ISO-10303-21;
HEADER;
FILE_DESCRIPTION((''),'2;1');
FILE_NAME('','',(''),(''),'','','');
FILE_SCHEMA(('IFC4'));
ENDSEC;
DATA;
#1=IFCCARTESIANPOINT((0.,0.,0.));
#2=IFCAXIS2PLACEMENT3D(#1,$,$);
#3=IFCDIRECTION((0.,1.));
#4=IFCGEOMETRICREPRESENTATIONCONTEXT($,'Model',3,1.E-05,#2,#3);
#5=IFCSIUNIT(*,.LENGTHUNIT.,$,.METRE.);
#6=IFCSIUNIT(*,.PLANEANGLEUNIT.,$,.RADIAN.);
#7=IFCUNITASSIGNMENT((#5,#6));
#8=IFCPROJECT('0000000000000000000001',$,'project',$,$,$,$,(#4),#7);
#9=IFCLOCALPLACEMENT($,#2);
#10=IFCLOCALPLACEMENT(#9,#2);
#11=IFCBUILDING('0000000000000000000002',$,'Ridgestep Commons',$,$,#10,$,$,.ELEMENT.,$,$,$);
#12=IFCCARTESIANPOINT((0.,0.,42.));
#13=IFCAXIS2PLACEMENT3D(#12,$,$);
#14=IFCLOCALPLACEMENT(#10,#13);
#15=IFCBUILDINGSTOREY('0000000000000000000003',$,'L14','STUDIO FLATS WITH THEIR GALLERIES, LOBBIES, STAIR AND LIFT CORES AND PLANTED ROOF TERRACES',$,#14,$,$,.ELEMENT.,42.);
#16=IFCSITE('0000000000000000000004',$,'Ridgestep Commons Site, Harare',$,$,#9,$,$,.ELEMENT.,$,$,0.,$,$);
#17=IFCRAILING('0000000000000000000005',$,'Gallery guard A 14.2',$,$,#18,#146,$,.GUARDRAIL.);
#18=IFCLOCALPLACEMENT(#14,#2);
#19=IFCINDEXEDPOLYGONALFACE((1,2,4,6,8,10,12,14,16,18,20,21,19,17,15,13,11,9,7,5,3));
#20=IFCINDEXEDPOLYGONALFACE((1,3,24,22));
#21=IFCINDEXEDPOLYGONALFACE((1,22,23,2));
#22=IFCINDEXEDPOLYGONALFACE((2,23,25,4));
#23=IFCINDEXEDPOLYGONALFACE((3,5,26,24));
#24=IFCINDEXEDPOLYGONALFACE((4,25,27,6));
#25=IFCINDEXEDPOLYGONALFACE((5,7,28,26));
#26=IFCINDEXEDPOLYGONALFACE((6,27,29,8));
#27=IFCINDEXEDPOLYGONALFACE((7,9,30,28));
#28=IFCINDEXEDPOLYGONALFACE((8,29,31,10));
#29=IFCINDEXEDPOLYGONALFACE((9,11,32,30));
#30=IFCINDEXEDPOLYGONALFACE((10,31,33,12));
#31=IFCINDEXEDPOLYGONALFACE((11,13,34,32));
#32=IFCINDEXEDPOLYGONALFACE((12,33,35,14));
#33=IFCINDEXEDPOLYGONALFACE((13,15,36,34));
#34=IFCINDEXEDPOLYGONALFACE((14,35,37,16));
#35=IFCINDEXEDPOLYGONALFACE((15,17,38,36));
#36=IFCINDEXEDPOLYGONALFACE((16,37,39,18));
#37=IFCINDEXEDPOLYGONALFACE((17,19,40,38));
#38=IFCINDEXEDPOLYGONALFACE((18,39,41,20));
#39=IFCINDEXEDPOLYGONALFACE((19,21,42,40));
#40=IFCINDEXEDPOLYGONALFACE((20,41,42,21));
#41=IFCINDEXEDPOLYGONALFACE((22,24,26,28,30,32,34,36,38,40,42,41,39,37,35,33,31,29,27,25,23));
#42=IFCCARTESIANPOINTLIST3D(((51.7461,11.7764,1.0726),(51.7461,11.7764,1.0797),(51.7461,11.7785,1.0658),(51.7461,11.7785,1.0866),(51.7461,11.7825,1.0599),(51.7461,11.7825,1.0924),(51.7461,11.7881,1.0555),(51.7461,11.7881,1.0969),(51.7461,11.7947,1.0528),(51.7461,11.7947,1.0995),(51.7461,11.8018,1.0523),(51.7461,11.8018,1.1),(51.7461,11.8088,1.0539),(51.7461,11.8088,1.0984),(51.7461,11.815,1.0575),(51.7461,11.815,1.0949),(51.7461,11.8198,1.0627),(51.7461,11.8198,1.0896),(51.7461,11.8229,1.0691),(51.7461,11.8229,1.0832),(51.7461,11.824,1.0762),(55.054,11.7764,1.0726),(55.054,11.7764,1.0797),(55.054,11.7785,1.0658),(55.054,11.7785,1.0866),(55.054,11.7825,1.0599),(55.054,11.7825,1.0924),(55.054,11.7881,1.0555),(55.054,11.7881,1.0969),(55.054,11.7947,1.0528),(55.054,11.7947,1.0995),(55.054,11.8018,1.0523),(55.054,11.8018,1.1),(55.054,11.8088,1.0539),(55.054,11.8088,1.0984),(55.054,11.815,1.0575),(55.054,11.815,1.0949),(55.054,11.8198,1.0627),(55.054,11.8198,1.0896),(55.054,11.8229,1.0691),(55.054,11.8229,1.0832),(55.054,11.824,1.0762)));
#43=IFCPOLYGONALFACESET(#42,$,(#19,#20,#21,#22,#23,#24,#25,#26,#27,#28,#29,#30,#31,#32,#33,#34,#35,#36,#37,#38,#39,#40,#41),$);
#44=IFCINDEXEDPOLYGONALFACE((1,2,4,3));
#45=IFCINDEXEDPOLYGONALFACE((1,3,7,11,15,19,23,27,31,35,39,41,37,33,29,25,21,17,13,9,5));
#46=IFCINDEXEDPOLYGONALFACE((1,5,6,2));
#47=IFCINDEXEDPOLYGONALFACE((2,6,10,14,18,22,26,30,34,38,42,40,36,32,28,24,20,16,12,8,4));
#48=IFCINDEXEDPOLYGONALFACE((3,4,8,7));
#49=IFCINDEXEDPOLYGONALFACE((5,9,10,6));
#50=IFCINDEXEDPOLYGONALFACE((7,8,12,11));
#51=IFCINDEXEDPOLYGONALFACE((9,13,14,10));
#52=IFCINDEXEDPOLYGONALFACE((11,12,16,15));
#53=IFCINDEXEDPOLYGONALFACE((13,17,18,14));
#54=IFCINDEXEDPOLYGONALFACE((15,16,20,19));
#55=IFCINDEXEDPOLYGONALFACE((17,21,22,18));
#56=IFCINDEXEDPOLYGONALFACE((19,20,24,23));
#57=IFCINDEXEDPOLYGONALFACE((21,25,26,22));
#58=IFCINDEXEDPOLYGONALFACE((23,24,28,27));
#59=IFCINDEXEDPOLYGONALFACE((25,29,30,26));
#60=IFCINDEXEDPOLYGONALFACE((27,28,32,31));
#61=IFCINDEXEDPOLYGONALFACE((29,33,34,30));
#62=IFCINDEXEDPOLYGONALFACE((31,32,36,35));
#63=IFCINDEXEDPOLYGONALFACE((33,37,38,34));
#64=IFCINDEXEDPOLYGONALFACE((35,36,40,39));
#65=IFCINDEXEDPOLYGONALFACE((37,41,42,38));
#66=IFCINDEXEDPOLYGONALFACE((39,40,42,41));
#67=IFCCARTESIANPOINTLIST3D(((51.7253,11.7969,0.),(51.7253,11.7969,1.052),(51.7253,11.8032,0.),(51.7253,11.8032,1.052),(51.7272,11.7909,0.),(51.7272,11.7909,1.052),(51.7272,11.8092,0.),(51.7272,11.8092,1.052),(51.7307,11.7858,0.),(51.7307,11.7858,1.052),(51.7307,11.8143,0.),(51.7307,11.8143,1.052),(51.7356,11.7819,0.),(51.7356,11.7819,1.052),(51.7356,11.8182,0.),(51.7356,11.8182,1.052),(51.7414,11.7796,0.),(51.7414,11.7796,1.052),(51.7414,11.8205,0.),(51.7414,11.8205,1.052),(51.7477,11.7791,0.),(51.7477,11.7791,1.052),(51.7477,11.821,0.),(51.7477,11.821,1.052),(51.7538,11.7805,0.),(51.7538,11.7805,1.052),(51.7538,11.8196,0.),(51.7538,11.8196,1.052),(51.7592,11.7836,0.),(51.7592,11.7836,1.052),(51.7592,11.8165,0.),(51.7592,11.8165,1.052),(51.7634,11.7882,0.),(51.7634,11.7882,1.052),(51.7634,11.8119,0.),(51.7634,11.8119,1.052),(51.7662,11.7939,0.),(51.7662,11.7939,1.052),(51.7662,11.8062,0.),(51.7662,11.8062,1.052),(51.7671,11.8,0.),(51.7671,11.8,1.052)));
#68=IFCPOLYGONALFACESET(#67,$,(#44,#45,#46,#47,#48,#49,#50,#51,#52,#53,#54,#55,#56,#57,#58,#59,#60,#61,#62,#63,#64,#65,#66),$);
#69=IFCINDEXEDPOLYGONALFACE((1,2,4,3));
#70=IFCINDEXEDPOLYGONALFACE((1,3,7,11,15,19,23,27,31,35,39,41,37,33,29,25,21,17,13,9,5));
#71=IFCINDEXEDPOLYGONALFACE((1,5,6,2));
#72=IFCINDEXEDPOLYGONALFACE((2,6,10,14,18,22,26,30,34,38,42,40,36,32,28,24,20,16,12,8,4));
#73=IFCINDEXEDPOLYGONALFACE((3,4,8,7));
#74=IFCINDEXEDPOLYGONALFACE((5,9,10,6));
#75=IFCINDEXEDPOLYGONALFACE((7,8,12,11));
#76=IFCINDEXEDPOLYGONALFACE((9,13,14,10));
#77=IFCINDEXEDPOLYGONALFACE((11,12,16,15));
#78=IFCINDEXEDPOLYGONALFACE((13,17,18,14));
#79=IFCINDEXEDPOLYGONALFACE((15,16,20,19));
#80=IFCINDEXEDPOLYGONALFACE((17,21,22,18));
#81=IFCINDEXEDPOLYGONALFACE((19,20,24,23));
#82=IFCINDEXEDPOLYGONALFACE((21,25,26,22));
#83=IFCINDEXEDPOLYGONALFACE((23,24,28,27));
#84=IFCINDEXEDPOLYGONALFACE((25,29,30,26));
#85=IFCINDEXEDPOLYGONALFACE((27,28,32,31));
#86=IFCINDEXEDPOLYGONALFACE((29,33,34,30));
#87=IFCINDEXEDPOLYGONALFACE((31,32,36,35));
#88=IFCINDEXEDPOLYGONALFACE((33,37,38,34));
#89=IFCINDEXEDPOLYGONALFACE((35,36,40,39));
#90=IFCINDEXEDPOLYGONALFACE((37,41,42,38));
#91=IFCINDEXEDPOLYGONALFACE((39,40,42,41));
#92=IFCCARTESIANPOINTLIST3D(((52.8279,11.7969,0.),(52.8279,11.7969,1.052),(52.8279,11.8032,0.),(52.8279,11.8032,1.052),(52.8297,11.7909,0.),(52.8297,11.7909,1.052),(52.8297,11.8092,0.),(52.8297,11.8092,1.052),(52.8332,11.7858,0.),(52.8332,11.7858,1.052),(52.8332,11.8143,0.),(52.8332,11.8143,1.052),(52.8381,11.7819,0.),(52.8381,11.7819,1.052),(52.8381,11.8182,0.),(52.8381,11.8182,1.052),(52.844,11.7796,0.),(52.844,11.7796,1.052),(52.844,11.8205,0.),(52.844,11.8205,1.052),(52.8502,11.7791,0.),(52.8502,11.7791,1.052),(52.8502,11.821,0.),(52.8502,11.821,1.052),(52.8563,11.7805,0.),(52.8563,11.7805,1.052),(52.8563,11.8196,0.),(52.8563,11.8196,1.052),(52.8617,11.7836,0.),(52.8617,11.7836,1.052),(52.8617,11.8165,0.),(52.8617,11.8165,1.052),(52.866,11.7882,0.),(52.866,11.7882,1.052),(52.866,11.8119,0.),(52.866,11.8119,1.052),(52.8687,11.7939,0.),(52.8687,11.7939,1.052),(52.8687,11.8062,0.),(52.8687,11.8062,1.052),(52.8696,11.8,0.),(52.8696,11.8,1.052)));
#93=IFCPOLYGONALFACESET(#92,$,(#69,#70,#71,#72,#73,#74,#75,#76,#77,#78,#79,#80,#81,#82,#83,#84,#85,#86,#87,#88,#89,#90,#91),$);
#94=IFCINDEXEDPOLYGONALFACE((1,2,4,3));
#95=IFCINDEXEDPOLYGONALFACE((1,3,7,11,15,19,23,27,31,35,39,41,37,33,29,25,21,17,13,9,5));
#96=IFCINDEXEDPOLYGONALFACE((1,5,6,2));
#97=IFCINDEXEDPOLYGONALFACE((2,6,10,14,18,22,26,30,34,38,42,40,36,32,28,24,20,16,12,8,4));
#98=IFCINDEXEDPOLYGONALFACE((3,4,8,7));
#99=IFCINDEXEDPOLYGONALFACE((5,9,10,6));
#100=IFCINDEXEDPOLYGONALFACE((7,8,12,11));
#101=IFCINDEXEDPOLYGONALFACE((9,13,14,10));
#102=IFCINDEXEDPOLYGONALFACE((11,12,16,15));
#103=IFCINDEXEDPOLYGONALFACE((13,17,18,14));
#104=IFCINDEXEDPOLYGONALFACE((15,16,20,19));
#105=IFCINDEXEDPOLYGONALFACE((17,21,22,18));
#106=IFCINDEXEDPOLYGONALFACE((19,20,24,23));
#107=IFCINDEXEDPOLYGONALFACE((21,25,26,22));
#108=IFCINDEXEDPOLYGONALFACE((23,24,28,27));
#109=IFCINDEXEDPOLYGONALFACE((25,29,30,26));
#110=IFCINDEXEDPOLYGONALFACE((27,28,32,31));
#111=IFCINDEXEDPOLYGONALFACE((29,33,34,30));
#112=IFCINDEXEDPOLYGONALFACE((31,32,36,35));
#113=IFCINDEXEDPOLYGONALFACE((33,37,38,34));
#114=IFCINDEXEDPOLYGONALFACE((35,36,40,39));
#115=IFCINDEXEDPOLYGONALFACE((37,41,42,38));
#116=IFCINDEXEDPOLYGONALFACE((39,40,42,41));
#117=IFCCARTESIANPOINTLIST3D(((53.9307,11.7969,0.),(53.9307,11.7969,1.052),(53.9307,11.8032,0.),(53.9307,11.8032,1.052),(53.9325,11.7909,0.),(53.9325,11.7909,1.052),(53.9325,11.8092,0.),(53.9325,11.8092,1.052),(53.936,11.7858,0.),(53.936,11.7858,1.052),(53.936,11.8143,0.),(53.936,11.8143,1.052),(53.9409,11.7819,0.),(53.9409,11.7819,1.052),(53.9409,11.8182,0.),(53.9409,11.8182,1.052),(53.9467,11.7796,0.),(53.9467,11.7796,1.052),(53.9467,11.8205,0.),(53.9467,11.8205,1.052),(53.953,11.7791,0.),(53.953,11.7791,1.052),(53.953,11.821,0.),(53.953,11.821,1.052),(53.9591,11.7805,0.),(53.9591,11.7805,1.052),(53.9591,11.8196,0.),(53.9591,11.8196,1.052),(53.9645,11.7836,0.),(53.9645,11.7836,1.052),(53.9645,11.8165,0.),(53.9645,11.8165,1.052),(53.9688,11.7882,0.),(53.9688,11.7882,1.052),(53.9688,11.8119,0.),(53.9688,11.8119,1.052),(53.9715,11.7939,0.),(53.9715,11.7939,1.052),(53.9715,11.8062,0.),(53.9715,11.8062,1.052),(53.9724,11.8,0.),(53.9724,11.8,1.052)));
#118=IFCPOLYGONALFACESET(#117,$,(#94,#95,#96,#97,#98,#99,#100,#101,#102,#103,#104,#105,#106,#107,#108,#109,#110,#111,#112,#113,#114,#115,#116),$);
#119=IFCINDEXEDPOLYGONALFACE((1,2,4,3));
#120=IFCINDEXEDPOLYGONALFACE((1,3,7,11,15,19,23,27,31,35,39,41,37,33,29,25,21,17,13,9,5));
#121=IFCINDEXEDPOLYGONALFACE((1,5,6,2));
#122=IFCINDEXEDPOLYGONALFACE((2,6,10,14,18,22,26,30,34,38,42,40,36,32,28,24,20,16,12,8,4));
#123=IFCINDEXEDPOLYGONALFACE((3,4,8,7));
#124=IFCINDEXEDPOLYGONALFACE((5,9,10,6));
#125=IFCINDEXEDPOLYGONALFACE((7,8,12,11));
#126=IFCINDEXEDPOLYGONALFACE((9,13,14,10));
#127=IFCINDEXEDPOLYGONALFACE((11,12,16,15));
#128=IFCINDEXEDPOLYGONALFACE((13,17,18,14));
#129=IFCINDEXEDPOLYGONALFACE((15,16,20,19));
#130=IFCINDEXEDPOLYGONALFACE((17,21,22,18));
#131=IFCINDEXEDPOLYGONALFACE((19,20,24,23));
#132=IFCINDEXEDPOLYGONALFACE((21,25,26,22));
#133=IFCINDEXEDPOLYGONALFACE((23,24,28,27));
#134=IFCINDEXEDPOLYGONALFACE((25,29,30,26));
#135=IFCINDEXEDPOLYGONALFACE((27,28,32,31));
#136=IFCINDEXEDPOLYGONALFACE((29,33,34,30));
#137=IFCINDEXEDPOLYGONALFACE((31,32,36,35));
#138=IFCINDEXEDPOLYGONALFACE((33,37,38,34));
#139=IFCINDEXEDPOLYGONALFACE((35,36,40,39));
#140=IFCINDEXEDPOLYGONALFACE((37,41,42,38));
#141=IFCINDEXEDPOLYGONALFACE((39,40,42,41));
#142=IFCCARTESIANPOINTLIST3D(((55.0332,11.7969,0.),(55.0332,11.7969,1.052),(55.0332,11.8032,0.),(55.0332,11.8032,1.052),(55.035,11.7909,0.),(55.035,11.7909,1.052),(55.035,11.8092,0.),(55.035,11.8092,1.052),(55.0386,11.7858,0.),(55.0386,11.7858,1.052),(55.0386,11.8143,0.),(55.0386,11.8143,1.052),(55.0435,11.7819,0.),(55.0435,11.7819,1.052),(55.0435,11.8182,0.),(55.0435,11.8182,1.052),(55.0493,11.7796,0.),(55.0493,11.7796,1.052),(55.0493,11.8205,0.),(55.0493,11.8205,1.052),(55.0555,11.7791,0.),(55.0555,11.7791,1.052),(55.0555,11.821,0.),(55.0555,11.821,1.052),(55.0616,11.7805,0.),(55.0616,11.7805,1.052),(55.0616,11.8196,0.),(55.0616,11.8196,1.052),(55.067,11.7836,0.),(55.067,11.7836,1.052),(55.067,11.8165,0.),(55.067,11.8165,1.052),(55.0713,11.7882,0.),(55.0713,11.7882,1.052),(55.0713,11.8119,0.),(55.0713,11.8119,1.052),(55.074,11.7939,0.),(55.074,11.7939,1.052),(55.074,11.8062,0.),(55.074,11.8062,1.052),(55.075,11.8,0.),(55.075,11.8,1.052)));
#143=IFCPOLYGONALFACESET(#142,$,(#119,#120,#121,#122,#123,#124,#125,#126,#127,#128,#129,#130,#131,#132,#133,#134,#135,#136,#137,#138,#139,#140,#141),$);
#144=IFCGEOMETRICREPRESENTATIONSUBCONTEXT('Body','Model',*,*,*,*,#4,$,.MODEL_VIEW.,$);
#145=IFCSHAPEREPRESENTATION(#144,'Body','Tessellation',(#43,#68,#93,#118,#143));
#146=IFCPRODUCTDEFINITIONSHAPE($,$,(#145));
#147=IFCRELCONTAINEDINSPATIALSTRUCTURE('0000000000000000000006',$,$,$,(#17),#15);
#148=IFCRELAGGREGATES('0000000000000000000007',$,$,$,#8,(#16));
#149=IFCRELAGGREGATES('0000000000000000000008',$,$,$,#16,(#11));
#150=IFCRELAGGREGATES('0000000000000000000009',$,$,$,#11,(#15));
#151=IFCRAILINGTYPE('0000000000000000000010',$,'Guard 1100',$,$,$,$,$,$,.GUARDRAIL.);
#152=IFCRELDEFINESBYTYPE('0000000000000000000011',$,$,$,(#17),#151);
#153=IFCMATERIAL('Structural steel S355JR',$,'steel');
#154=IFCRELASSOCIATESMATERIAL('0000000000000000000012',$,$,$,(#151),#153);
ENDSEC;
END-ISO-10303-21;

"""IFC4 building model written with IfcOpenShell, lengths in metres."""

from ifc_helpers import new_model, si_unit, direction, frame, origin, origin_2d, place, context, subcontext, project, spatial, circle, extrude, material, type_object, element, save


model = new_model("IFC4")

# Units and contexts
model_context = context("Model", 3, precision=1e-05, world=origin(), true_north=direction((0.0, 1.0)))
body_context = subcontext(model_context, "Body", "Model", "MODEL_VIEW")
ifc_project = project(units=[si_unit("LENGTHUNIT", "METRE"), si_unit("PLANEANGLEUNIT", "RADIAN")], contexts=[model_context])

# Site, building, storey
site_placement = place(None, origin())
site = spatial("IfcSite", under=ifc_project, at=site_placement, Name="Ridgestep Commons Site, Harare", CompositionType="ELEMENT", RefElevation=0.0)
building_placement = place(site_placement, origin())
building = spatial("IfcBuilding", under=site, at=building_placement, Name="Ridgestep Commons", CompositionType="ELEMENT")
storey_placement = place(building_placement, frame((0.0, 0.0, 42.0)))
storey = spatial("IfcBuildingStorey", under=building, at=storey_placement, Name="L14", Description="STUDIO FLATS WITH THEIR GALLERIES, LOBBIES, STAIR AND LIFT CORES AND PLANTED ROOF TERRACES", CompositionType="ELEMENT", Elevation=42.0)

# Railing
ifc_material_1 = material(Name="Structural steel S355JR", Category="steel")
railing_type_1 = type_object("IfcRailingType", Name="Guard 1100", PredefinedType="GUARDRAIL", material=ifc_material_1)
railing_1_placement = place(storey_placement, frame((51.7461, 11.8, 0.0)))
element("IfcRailing", 1, at=railing_1_placement, inside=storey, type_object=railing_type_1, Name="Gallery guard A 14.2", PredefinedType="GUARDRAIL", context=body_context, shape_type="SweptSolid", body=[
    extrude(circle(Radius=0.0239, at=origin_2d()), frame((0.0, 0.0, 1.0762), z_axis=(1.0, 0.0, 0.0), x_axis=(0.0, 1.0, 0.0)), (0.0, 0.0, 1.0), 3.3079),
    extrude(circle(Radius=0.021, at=origin_2d()), origin(), (0.0, 0.0, 1.0), 1.052),
    extrude(circle(Radius=0.021, at=origin_2d()), frame((1.1025, 0.0, 0.0)), (0.0, 0.0, 1.0), 1.052),
    extrude(circle(Radius=0.021, at=origin_2d()), frame((2.2053, 0.0, 0.0)), (0.0, 0.0, 1.0), 1.052),
    extrude(circle(Radius=0.021, at=origin_2d()), frame((3.3079, 0.0, 0.0)), (0.0, 0.0, 1.0), 1.052),
])

save(model, "model.ifc")
